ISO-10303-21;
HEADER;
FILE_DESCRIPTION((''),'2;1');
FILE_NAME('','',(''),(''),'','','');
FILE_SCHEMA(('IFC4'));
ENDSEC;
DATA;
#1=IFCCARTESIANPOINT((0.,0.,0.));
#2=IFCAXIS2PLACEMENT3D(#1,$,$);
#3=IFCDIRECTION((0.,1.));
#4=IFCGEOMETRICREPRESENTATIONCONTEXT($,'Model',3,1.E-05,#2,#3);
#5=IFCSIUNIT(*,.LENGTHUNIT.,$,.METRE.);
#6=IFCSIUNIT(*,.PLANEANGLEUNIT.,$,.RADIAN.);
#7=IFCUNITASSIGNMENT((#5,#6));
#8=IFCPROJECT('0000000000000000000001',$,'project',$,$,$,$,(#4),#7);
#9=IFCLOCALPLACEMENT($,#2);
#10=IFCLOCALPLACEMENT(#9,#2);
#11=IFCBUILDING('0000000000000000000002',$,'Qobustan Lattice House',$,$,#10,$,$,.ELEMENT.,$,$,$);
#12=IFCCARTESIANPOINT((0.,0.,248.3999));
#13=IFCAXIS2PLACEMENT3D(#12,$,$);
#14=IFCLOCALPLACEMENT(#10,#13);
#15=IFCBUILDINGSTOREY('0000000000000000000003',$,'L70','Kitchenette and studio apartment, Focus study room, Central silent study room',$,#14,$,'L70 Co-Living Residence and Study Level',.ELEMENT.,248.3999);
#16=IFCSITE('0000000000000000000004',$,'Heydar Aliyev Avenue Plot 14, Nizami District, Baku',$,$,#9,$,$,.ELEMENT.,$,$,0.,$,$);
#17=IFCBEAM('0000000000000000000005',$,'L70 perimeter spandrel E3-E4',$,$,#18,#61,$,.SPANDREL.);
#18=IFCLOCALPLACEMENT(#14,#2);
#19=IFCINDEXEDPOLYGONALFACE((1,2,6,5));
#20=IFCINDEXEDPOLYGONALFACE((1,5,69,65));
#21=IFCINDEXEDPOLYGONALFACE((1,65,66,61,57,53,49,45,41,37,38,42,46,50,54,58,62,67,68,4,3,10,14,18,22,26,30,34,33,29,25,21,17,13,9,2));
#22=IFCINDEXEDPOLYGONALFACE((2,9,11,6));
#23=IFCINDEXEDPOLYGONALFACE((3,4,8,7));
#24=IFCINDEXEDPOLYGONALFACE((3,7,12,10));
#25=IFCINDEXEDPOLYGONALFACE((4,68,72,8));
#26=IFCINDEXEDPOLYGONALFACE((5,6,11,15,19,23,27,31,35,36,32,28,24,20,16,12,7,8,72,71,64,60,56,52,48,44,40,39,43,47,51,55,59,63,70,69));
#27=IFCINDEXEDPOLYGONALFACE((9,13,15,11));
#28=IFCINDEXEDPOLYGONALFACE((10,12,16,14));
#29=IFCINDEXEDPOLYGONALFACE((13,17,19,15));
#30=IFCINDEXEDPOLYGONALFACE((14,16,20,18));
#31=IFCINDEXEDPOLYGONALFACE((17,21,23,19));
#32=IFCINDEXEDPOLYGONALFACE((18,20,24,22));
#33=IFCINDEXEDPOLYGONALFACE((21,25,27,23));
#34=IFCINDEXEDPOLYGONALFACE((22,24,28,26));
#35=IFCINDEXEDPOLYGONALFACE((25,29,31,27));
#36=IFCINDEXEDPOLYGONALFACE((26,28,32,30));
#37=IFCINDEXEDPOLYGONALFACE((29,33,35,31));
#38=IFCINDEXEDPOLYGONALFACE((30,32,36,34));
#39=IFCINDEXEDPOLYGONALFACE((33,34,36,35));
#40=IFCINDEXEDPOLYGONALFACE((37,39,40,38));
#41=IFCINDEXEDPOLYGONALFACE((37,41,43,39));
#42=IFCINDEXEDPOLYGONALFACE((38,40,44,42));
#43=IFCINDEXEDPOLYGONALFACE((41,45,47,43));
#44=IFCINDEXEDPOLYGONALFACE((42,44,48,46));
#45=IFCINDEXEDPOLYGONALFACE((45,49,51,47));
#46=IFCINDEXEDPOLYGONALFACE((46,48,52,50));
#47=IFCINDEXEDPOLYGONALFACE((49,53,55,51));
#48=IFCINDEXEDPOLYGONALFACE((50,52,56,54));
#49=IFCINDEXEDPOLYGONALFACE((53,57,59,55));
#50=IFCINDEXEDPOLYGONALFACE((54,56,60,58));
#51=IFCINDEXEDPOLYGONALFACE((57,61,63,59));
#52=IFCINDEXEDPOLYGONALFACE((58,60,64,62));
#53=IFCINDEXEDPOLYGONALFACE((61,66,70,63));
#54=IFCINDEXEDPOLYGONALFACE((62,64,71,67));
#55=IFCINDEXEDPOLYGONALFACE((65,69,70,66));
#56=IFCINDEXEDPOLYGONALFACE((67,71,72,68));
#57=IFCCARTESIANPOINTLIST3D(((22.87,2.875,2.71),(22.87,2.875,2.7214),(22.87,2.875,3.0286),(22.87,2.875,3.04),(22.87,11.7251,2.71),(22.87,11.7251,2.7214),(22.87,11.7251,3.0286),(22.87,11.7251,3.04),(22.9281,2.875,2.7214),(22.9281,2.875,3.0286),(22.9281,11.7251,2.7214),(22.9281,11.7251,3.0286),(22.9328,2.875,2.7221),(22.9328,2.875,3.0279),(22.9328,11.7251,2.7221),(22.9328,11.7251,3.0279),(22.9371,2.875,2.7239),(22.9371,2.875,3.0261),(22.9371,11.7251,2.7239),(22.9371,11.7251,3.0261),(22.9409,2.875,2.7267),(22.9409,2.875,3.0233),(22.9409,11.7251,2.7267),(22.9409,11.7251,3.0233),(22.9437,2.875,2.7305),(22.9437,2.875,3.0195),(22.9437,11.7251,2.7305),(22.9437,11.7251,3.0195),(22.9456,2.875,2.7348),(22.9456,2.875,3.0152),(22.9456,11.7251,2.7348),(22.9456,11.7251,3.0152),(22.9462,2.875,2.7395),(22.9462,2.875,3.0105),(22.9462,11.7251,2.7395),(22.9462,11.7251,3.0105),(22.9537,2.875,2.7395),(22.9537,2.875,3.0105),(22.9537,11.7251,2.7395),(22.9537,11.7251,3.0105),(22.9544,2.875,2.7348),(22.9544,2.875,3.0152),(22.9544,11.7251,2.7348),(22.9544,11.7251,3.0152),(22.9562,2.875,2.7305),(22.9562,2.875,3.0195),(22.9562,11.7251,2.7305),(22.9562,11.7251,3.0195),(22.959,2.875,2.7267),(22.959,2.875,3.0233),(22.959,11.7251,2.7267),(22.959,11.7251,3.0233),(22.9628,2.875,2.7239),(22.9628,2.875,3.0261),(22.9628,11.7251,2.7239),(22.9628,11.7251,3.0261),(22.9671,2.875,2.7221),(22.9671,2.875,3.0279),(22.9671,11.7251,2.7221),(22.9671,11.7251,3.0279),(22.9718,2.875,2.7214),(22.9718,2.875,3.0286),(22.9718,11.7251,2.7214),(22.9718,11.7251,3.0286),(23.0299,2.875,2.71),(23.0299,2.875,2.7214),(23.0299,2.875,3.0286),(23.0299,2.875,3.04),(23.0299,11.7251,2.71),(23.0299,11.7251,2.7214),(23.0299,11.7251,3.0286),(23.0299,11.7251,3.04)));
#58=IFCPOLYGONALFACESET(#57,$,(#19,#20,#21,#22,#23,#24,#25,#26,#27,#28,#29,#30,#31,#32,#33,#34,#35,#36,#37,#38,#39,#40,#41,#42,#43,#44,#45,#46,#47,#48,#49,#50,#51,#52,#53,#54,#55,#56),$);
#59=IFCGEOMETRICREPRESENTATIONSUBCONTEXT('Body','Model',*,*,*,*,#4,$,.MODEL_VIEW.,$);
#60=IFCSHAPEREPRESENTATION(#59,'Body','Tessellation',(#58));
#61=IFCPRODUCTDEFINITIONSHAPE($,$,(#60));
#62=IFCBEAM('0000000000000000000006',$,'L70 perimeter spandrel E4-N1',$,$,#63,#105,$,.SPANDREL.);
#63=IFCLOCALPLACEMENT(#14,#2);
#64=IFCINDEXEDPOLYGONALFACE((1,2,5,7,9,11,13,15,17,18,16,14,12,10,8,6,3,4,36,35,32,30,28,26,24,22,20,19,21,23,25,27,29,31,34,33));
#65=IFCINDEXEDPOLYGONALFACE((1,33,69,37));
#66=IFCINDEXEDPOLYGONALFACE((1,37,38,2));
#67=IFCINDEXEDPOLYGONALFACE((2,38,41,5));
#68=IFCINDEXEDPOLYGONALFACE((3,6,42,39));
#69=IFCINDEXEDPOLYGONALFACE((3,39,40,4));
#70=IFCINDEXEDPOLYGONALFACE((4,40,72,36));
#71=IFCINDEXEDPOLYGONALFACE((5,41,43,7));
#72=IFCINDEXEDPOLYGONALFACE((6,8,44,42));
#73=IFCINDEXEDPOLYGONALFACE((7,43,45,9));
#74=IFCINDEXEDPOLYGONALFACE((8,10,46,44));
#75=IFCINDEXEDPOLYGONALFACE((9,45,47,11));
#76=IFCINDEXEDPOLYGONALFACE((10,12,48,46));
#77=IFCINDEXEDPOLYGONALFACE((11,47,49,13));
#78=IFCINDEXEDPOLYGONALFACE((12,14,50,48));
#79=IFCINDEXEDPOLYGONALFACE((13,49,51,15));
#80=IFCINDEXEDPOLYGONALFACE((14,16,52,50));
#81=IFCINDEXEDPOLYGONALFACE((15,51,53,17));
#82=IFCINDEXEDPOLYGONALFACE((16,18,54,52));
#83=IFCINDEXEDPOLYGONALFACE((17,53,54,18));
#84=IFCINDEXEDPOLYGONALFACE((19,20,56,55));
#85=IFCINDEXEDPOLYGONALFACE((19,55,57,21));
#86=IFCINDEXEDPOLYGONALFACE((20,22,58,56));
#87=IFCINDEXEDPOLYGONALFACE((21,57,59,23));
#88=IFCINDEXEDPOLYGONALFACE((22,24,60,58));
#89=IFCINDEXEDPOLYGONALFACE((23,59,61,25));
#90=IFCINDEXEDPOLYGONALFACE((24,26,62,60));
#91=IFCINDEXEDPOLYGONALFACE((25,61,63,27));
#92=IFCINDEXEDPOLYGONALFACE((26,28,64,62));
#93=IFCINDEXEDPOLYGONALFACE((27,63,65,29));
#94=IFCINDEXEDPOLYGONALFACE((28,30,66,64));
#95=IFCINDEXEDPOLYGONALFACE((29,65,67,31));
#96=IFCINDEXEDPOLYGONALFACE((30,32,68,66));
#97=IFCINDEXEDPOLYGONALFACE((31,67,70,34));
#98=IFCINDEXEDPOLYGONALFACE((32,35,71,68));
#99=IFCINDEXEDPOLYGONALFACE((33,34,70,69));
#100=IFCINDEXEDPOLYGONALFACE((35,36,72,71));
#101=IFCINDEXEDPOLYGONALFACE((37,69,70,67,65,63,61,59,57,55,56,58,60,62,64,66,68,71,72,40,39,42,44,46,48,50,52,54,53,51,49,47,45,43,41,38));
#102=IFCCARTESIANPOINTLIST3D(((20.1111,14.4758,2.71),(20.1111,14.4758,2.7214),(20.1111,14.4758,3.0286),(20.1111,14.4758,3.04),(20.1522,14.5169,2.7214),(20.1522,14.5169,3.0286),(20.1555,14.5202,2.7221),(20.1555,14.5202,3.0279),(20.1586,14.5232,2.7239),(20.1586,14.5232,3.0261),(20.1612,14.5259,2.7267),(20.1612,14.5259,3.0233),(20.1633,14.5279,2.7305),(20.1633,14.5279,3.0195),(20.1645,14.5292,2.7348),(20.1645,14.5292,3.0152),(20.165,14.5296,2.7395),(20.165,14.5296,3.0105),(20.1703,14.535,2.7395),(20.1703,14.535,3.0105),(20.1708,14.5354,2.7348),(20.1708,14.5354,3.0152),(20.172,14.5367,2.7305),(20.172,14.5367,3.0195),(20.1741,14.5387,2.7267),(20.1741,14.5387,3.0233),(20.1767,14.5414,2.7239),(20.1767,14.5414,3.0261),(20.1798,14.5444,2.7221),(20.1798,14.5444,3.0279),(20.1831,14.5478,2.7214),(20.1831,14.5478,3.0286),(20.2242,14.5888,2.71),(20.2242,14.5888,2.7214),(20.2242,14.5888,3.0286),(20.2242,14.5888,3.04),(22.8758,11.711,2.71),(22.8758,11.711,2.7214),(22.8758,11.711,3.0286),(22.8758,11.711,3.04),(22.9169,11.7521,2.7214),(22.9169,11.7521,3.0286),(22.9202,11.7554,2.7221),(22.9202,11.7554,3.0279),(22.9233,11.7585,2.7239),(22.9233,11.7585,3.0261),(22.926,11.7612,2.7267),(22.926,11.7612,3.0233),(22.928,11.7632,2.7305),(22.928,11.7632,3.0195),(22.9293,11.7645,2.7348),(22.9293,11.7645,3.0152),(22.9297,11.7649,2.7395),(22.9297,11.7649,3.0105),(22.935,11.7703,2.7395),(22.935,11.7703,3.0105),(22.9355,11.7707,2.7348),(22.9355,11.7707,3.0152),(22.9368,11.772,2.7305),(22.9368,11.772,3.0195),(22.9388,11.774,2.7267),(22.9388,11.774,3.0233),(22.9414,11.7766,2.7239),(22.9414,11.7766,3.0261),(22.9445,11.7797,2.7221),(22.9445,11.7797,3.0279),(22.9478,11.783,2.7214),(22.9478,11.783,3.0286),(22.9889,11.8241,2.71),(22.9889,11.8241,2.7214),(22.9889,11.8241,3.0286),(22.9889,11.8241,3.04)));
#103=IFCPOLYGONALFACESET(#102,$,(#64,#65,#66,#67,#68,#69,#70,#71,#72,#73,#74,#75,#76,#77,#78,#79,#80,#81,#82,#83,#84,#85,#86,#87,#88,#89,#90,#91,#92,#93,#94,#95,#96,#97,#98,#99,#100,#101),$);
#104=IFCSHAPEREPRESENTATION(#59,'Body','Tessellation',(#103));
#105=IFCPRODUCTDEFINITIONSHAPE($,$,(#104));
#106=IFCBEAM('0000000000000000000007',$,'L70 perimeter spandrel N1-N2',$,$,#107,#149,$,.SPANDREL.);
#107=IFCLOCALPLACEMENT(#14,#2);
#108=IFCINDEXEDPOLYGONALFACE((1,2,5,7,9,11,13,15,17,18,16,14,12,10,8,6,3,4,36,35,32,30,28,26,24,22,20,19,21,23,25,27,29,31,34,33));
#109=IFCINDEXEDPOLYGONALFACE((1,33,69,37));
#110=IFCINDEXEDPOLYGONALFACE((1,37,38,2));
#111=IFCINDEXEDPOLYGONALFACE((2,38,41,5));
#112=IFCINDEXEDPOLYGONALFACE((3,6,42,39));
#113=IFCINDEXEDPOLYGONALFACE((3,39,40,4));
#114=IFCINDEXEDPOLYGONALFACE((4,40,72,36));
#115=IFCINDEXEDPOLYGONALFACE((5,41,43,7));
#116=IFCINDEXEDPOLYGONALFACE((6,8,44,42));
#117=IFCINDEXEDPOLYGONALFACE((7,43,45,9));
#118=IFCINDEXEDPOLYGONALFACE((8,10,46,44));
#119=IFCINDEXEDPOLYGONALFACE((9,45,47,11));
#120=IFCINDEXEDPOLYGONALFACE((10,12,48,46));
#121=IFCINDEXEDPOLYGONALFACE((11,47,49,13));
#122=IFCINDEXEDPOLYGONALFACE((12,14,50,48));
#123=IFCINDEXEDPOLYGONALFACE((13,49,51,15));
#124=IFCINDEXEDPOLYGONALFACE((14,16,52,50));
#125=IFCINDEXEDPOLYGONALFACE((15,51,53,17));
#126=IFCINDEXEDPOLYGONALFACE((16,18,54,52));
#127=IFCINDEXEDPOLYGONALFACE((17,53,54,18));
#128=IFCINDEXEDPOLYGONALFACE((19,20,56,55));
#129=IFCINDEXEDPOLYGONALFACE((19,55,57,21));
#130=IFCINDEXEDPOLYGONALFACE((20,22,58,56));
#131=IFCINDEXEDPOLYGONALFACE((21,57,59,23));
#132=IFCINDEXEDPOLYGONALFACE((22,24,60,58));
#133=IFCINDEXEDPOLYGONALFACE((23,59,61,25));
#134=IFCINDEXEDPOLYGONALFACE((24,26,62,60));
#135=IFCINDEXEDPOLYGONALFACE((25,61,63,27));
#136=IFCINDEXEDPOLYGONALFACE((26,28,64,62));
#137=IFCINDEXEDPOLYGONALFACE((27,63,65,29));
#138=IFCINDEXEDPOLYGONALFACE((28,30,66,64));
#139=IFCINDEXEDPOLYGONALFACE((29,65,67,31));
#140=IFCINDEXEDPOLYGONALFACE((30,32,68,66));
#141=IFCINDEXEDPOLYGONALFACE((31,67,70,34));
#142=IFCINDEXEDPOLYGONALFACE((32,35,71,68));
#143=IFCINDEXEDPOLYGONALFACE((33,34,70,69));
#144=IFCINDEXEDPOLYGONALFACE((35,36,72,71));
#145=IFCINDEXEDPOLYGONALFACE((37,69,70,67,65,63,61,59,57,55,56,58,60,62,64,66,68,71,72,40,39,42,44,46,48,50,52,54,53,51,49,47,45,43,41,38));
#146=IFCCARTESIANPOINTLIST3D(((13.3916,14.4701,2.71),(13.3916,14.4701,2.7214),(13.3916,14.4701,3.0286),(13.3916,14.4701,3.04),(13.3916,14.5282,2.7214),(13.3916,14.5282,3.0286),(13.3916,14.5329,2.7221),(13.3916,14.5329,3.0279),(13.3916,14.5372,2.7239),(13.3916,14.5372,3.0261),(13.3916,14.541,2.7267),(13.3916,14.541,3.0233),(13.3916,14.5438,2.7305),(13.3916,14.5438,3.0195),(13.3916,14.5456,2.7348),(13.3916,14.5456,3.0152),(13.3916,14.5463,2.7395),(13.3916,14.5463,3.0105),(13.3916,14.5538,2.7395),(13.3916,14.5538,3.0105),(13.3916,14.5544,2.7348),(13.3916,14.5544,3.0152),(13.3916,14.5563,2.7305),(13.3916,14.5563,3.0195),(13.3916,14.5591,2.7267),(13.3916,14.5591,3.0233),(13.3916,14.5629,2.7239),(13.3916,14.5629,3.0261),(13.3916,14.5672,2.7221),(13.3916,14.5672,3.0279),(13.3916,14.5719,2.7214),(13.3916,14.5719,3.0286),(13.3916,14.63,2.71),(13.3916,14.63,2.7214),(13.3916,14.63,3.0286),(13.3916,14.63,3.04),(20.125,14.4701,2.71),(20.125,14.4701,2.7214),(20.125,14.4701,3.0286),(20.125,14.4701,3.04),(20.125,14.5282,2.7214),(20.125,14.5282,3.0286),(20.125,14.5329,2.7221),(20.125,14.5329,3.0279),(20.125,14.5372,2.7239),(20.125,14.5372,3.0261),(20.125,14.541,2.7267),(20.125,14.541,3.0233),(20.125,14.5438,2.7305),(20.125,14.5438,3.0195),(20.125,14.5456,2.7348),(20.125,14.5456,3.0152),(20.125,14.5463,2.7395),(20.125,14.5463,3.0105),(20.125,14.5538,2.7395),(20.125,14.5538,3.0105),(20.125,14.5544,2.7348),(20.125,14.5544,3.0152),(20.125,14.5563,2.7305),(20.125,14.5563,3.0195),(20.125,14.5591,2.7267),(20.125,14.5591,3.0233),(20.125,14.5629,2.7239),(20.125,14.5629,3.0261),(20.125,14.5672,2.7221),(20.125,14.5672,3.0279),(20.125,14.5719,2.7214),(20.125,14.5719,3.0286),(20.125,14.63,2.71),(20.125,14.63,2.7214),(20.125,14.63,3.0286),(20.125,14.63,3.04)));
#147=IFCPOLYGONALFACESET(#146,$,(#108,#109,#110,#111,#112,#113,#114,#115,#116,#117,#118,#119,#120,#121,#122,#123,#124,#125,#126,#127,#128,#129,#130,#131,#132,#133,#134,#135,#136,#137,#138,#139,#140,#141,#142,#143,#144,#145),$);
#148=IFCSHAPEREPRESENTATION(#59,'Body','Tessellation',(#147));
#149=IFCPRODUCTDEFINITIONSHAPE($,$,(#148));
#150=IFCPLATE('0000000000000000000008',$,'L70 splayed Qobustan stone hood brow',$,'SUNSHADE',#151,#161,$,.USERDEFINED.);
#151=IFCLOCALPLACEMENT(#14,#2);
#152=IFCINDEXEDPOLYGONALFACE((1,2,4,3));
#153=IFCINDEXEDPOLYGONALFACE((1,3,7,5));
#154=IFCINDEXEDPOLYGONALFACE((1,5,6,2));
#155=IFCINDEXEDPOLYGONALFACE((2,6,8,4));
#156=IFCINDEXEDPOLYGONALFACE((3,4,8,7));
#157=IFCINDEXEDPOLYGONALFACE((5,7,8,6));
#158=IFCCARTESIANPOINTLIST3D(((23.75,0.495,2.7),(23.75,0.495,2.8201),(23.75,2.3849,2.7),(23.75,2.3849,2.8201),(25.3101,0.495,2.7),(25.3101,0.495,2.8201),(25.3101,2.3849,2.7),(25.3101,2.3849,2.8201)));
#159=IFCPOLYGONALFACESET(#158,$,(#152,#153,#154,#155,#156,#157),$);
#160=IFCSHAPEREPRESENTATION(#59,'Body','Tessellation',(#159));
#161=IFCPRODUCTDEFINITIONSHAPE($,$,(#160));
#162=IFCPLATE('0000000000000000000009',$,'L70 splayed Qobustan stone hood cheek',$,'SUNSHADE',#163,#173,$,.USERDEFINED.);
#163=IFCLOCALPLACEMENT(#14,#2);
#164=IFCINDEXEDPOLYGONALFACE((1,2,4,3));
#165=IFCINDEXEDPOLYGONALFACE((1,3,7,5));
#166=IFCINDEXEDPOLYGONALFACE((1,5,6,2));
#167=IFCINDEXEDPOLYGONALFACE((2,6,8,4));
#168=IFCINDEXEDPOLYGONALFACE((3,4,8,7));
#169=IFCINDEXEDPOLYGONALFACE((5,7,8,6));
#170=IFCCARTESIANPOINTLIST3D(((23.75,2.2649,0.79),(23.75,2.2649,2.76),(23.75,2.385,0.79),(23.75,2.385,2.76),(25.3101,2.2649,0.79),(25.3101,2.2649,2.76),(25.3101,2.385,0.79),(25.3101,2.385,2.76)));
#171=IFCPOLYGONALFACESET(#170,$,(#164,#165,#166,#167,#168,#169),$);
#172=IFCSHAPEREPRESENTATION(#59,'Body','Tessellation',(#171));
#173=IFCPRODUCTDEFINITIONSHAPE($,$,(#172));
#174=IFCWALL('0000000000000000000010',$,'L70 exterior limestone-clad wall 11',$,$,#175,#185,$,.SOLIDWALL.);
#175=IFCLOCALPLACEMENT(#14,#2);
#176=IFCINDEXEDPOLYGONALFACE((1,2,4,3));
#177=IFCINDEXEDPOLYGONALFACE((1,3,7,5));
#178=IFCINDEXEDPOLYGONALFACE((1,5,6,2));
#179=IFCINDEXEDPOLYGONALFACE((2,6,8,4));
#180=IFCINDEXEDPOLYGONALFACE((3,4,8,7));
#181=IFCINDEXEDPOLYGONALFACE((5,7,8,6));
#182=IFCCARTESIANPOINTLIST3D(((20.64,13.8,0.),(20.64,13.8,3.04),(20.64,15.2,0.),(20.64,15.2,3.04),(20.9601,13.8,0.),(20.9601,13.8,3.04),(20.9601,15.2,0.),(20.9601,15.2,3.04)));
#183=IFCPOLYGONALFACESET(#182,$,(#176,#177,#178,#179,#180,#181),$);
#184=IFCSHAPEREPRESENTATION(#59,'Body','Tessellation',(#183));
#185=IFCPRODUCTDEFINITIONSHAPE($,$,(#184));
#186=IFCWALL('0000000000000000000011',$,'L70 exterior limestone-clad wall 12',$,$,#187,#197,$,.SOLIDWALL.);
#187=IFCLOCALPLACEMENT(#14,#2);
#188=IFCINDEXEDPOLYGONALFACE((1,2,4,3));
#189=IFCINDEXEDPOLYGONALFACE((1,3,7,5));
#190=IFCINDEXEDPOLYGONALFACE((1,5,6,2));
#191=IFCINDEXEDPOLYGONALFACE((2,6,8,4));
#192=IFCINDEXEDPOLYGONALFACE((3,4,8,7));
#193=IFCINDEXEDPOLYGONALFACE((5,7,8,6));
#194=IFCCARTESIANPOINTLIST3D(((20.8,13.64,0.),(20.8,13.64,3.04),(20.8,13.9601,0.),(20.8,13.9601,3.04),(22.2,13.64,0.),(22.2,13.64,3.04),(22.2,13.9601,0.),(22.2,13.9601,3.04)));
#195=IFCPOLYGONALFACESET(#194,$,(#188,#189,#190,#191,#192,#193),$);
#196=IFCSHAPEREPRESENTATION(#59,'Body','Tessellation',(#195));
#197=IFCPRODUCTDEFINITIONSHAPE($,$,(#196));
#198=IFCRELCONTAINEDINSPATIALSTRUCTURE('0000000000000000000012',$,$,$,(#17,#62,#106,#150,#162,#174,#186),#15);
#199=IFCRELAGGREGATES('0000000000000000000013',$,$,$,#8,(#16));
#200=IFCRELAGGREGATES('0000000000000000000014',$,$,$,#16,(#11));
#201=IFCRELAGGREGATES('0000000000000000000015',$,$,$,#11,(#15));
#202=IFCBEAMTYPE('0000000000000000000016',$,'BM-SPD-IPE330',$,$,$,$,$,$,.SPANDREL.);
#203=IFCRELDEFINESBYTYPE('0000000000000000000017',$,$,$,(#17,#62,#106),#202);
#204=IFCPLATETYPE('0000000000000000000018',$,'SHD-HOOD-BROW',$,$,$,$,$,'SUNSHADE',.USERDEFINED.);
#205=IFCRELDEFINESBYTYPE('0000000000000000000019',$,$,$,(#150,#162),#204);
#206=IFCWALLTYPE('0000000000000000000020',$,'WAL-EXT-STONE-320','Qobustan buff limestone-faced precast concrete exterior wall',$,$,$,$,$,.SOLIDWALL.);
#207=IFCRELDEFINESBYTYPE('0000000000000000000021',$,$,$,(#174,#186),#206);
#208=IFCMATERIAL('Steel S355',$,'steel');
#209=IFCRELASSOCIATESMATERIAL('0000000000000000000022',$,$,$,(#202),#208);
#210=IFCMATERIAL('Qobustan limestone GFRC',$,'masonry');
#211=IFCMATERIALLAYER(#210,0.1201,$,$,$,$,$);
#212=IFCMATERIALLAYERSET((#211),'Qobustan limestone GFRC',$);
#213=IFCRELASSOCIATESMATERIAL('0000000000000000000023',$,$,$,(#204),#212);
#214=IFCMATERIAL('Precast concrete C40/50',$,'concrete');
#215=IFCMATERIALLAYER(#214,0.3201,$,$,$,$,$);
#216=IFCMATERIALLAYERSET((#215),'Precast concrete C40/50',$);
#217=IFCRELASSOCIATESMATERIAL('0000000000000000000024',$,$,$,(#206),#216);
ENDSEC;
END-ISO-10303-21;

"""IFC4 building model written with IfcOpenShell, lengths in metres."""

from ifc_helpers import new_model, si_unit, direction, frame, frame_2d, origin, origin_2d, place, context, subcontext, project, spatial, rectangle, i_section, extrude, material, layer, layer_set, material_profile, profile_set, type_object, element, save


model = new_model("IFC4")

# Units and contexts
model_context = context("Model", 3, precision=1e-05, world=origin(), true_north=direction((0.0, 1.0)))
body_context = subcontext(model_context, "Body", "Model", "MODEL_VIEW")
ifc_project = project(units=[si_unit("LENGTHUNIT", "METRE"), si_unit("PLANEANGLEUNIT", "RADIAN")], contexts=[model_context])

# Site, building, storey
site_placement = place(None, origin())
site = spatial("IfcSite", under=ifc_project, at=site_placement, Name="Heydar Aliyev Avenue Plot 14, Nizami District, Baku", CompositionType="ELEMENT", RefElevation=0.0)
building_placement = place(site_placement, origin())
building = spatial("IfcBuilding", under=site, at=building_placement, Name="Qobustan Lattice House", CompositionType="ELEMENT")
storey_placement = place(building_placement, frame((0.0, 0.0, 248.3999)))
storey = spatial("IfcBuildingStorey", under=building, at=storey_placement, Name="L70", Description="Kitchenette and studio apartment, Focus study room, Central silent study room", LongName="L70 Co-Living Residence and Study Level", CompositionType="ELEMENT", Elevation=248.3999)

# Beams
ifc_material_1 = material(Name="Steel S355", Category="steel")
ifc_material_profile_1 = material_profile(ifc_material_1, i_section(OverallWidth=0.1599, OverallDepth=0.3301, WebThickness=0.0076, FlangeThickness=0.0115, FilletRadius=0.0181, at=origin_2d()), Name="IPE330")
ifc_profile_set_1 = profile_set([ifc_material_profile_1], Name="Steel S355")
beam_type_1 = type_object("IfcBeamType", Name="BM-SPD-IPE330", PredefinedType="SPANDREL", material=ifc_profile_set_1)
beam_1_placement = place(storey_placement, frame((22.95, 2.875, 2.875), z_axis=(0.0, 1.0, 0.0), x_axis=(-1.0, 0.0, 0.0)))
element("IfcBeam", 1, at=beam_1_placement, inside=storey, type_object=beam_type_1, Name="L70 perimeter spandrel E3-E4", PredefinedType="SPANDREL", context=body_context, shape_type="SweptSolid", body=[
    extrude(i_section(OverallWidth=0.1599, OverallDepth=0.3301, WebThickness=0.0076, FlangeThickness=0.0115, FilletRadius=0.0181, at=origin_2d()), origin(), (0.0, 0.0, 1.0), 8.8501),
])
beam_2_placement = place(storey_placement, frame((22.9324, 11.7676, 2.875), z_axis=(-0.707107, 0.707107, 0.0), x_axis=(-0.707107, -0.707107, 0.0)))
element("IfcBeam", 2, at=beam_2_placement, inside=storey, type_object=beam_type_1, Name="L70 perimeter spandrel E4-N1", PredefinedType="SPANDREL", context=body_context, shape_type="SweptSolid", body=[
    extrude(i_section(OverallWidth=0.1599, OverallDepth=0.3301, WebThickness=0.0076, FlangeThickness=0.0115, FilletRadius=0.0181, at=origin_2d()), origin(), (0.0, 0.0, 1.0), 3.9099),
])
beam_3_placement = place(storey_placement, frame((20.125, 14.55, 2.875), z_axis=(-1.0, 0.0, 0.0), x_axis=(0.0, -1.0, 0.0)))
element("IfcBeam", 3, at=beam_3_placement, inside=storey, type_object=beam_type_1, Name="L70 perimeter spandrel N1-N2", PredefinedType="SPANDREL", context=body_context, shape_type="SweptSolid", body=[
    extrude(i_section(OverallWidth=0.1599, OverallDepth=0.3301, WebThickness=0.0076, FlangeThickness=0.0115, FilletRadius=0.0181, at=origin_2d()), origin(), (0.0, 0.0, 1.0), 6.7334),
])

# Plates
ifc_material_2 = material(Name="Qobustan limestone GFRC", Category="masonry")
ifc_layer_1 = layer(ifc_material_2, 0.1201)
ifc_layer_set_1 = layer_set([ifc_layer_1], Name="Qobustan limestone GFRC")
plate_type = type_object("IfcPlateType", Name="SHD-HOOD-BROW", ElementType="SUNSHADE", PredefinedType="USERDEFINED", material=ifc_layer_set_1)
plate_1_placement = place(storey_placement, frame((24.53, 1.4399, 2.7), z_axis=(0.0, 0.0, 1.0), x_axis=(0.0, -1.0, 0.0)))
element("IfcPlate", 4, at=plate_1_placement, inside=storey, type_object=plate_type, Name="L70 splayed Qobustan stone hood brow", ObjectType="SUNSHADE", PredefinedType="USERDEFINED", context=body_context, shape_type="SweptSolid", body=[
    extrude(rectangle(XDim=1.8899, YDim=1.5601, at=origin_2d()), origin(), (0.0, 0.0, 1.0), 0.1201),
])
plate_2_placement = place(storey_placement, frame((24.53, 2.325, 0.79), z_axis=(0.0, 0.0, 1.0), x_axis=(0.0, -1.0, 0.0)))
element("IfcPlate", 5, at=plate_2_placement, inside=storey, type_object=plate_type, Name="L70 splayed Qobustan stone hood cheek", ObjectType="SUNSHADE", PredefinedType="USERDEFINED", context=body_context, shape_type="SweptSolid", body=[
    extrude(rectangle(XDim=0.1201, YDim=1.5601, at=origin_2d()), origin(), (0.0, 0.0, 1.0), 1.97),
])

# Walls
ifc_material_3 = material(Name="Precast concrete C40/50", Category="concrete")
ifc_layer_2 = layer(ifc_material_3, 0.3201)
ifc_layer_set_2 = layer_set([ifc_layer_2], Name="Precast concrete C40/50")
wall_type_1 = type_object("IfcWallType", Name="WAL-EXT-STONE-320", Description="Qobustan buff limestone-faced precast concrete exterior wall", PredefinedType="SOLIDWALL", material=ifc_layer_set_2)
for number, where, z_axis, x_axis, name in (
    (6, (20.8, 15.2, 0.0), (0.0, 0.0, 1.0), (0.0, -1.0, 0.0), "L70 exterior limestone-clad wall 11"),
    (7, (20.8, 13.8, 0.0), (0.0, 0.0, 1.0), (1.0, 0.0, 0.0), "L70 exterior limestone-clad wall 12"),
):
    element("IfcWall", number, at=place(storey_placement, frame(where, z_axis=z_axis, x_axis=x_axis)), inside=storey, type_object=wall_type_1, Name=name, PredefinedType="SOLIDWALL", context=body_context, shape_type="SweptSolid", body=[
        extrude(rectangle(XDim=1.3999, YDim=0.3201, at=frame_2d((0.7, 0.0))), origin(), (0.0, 0.0, 1.0), 3.04),
    ])

save(model, "model.ifc")
